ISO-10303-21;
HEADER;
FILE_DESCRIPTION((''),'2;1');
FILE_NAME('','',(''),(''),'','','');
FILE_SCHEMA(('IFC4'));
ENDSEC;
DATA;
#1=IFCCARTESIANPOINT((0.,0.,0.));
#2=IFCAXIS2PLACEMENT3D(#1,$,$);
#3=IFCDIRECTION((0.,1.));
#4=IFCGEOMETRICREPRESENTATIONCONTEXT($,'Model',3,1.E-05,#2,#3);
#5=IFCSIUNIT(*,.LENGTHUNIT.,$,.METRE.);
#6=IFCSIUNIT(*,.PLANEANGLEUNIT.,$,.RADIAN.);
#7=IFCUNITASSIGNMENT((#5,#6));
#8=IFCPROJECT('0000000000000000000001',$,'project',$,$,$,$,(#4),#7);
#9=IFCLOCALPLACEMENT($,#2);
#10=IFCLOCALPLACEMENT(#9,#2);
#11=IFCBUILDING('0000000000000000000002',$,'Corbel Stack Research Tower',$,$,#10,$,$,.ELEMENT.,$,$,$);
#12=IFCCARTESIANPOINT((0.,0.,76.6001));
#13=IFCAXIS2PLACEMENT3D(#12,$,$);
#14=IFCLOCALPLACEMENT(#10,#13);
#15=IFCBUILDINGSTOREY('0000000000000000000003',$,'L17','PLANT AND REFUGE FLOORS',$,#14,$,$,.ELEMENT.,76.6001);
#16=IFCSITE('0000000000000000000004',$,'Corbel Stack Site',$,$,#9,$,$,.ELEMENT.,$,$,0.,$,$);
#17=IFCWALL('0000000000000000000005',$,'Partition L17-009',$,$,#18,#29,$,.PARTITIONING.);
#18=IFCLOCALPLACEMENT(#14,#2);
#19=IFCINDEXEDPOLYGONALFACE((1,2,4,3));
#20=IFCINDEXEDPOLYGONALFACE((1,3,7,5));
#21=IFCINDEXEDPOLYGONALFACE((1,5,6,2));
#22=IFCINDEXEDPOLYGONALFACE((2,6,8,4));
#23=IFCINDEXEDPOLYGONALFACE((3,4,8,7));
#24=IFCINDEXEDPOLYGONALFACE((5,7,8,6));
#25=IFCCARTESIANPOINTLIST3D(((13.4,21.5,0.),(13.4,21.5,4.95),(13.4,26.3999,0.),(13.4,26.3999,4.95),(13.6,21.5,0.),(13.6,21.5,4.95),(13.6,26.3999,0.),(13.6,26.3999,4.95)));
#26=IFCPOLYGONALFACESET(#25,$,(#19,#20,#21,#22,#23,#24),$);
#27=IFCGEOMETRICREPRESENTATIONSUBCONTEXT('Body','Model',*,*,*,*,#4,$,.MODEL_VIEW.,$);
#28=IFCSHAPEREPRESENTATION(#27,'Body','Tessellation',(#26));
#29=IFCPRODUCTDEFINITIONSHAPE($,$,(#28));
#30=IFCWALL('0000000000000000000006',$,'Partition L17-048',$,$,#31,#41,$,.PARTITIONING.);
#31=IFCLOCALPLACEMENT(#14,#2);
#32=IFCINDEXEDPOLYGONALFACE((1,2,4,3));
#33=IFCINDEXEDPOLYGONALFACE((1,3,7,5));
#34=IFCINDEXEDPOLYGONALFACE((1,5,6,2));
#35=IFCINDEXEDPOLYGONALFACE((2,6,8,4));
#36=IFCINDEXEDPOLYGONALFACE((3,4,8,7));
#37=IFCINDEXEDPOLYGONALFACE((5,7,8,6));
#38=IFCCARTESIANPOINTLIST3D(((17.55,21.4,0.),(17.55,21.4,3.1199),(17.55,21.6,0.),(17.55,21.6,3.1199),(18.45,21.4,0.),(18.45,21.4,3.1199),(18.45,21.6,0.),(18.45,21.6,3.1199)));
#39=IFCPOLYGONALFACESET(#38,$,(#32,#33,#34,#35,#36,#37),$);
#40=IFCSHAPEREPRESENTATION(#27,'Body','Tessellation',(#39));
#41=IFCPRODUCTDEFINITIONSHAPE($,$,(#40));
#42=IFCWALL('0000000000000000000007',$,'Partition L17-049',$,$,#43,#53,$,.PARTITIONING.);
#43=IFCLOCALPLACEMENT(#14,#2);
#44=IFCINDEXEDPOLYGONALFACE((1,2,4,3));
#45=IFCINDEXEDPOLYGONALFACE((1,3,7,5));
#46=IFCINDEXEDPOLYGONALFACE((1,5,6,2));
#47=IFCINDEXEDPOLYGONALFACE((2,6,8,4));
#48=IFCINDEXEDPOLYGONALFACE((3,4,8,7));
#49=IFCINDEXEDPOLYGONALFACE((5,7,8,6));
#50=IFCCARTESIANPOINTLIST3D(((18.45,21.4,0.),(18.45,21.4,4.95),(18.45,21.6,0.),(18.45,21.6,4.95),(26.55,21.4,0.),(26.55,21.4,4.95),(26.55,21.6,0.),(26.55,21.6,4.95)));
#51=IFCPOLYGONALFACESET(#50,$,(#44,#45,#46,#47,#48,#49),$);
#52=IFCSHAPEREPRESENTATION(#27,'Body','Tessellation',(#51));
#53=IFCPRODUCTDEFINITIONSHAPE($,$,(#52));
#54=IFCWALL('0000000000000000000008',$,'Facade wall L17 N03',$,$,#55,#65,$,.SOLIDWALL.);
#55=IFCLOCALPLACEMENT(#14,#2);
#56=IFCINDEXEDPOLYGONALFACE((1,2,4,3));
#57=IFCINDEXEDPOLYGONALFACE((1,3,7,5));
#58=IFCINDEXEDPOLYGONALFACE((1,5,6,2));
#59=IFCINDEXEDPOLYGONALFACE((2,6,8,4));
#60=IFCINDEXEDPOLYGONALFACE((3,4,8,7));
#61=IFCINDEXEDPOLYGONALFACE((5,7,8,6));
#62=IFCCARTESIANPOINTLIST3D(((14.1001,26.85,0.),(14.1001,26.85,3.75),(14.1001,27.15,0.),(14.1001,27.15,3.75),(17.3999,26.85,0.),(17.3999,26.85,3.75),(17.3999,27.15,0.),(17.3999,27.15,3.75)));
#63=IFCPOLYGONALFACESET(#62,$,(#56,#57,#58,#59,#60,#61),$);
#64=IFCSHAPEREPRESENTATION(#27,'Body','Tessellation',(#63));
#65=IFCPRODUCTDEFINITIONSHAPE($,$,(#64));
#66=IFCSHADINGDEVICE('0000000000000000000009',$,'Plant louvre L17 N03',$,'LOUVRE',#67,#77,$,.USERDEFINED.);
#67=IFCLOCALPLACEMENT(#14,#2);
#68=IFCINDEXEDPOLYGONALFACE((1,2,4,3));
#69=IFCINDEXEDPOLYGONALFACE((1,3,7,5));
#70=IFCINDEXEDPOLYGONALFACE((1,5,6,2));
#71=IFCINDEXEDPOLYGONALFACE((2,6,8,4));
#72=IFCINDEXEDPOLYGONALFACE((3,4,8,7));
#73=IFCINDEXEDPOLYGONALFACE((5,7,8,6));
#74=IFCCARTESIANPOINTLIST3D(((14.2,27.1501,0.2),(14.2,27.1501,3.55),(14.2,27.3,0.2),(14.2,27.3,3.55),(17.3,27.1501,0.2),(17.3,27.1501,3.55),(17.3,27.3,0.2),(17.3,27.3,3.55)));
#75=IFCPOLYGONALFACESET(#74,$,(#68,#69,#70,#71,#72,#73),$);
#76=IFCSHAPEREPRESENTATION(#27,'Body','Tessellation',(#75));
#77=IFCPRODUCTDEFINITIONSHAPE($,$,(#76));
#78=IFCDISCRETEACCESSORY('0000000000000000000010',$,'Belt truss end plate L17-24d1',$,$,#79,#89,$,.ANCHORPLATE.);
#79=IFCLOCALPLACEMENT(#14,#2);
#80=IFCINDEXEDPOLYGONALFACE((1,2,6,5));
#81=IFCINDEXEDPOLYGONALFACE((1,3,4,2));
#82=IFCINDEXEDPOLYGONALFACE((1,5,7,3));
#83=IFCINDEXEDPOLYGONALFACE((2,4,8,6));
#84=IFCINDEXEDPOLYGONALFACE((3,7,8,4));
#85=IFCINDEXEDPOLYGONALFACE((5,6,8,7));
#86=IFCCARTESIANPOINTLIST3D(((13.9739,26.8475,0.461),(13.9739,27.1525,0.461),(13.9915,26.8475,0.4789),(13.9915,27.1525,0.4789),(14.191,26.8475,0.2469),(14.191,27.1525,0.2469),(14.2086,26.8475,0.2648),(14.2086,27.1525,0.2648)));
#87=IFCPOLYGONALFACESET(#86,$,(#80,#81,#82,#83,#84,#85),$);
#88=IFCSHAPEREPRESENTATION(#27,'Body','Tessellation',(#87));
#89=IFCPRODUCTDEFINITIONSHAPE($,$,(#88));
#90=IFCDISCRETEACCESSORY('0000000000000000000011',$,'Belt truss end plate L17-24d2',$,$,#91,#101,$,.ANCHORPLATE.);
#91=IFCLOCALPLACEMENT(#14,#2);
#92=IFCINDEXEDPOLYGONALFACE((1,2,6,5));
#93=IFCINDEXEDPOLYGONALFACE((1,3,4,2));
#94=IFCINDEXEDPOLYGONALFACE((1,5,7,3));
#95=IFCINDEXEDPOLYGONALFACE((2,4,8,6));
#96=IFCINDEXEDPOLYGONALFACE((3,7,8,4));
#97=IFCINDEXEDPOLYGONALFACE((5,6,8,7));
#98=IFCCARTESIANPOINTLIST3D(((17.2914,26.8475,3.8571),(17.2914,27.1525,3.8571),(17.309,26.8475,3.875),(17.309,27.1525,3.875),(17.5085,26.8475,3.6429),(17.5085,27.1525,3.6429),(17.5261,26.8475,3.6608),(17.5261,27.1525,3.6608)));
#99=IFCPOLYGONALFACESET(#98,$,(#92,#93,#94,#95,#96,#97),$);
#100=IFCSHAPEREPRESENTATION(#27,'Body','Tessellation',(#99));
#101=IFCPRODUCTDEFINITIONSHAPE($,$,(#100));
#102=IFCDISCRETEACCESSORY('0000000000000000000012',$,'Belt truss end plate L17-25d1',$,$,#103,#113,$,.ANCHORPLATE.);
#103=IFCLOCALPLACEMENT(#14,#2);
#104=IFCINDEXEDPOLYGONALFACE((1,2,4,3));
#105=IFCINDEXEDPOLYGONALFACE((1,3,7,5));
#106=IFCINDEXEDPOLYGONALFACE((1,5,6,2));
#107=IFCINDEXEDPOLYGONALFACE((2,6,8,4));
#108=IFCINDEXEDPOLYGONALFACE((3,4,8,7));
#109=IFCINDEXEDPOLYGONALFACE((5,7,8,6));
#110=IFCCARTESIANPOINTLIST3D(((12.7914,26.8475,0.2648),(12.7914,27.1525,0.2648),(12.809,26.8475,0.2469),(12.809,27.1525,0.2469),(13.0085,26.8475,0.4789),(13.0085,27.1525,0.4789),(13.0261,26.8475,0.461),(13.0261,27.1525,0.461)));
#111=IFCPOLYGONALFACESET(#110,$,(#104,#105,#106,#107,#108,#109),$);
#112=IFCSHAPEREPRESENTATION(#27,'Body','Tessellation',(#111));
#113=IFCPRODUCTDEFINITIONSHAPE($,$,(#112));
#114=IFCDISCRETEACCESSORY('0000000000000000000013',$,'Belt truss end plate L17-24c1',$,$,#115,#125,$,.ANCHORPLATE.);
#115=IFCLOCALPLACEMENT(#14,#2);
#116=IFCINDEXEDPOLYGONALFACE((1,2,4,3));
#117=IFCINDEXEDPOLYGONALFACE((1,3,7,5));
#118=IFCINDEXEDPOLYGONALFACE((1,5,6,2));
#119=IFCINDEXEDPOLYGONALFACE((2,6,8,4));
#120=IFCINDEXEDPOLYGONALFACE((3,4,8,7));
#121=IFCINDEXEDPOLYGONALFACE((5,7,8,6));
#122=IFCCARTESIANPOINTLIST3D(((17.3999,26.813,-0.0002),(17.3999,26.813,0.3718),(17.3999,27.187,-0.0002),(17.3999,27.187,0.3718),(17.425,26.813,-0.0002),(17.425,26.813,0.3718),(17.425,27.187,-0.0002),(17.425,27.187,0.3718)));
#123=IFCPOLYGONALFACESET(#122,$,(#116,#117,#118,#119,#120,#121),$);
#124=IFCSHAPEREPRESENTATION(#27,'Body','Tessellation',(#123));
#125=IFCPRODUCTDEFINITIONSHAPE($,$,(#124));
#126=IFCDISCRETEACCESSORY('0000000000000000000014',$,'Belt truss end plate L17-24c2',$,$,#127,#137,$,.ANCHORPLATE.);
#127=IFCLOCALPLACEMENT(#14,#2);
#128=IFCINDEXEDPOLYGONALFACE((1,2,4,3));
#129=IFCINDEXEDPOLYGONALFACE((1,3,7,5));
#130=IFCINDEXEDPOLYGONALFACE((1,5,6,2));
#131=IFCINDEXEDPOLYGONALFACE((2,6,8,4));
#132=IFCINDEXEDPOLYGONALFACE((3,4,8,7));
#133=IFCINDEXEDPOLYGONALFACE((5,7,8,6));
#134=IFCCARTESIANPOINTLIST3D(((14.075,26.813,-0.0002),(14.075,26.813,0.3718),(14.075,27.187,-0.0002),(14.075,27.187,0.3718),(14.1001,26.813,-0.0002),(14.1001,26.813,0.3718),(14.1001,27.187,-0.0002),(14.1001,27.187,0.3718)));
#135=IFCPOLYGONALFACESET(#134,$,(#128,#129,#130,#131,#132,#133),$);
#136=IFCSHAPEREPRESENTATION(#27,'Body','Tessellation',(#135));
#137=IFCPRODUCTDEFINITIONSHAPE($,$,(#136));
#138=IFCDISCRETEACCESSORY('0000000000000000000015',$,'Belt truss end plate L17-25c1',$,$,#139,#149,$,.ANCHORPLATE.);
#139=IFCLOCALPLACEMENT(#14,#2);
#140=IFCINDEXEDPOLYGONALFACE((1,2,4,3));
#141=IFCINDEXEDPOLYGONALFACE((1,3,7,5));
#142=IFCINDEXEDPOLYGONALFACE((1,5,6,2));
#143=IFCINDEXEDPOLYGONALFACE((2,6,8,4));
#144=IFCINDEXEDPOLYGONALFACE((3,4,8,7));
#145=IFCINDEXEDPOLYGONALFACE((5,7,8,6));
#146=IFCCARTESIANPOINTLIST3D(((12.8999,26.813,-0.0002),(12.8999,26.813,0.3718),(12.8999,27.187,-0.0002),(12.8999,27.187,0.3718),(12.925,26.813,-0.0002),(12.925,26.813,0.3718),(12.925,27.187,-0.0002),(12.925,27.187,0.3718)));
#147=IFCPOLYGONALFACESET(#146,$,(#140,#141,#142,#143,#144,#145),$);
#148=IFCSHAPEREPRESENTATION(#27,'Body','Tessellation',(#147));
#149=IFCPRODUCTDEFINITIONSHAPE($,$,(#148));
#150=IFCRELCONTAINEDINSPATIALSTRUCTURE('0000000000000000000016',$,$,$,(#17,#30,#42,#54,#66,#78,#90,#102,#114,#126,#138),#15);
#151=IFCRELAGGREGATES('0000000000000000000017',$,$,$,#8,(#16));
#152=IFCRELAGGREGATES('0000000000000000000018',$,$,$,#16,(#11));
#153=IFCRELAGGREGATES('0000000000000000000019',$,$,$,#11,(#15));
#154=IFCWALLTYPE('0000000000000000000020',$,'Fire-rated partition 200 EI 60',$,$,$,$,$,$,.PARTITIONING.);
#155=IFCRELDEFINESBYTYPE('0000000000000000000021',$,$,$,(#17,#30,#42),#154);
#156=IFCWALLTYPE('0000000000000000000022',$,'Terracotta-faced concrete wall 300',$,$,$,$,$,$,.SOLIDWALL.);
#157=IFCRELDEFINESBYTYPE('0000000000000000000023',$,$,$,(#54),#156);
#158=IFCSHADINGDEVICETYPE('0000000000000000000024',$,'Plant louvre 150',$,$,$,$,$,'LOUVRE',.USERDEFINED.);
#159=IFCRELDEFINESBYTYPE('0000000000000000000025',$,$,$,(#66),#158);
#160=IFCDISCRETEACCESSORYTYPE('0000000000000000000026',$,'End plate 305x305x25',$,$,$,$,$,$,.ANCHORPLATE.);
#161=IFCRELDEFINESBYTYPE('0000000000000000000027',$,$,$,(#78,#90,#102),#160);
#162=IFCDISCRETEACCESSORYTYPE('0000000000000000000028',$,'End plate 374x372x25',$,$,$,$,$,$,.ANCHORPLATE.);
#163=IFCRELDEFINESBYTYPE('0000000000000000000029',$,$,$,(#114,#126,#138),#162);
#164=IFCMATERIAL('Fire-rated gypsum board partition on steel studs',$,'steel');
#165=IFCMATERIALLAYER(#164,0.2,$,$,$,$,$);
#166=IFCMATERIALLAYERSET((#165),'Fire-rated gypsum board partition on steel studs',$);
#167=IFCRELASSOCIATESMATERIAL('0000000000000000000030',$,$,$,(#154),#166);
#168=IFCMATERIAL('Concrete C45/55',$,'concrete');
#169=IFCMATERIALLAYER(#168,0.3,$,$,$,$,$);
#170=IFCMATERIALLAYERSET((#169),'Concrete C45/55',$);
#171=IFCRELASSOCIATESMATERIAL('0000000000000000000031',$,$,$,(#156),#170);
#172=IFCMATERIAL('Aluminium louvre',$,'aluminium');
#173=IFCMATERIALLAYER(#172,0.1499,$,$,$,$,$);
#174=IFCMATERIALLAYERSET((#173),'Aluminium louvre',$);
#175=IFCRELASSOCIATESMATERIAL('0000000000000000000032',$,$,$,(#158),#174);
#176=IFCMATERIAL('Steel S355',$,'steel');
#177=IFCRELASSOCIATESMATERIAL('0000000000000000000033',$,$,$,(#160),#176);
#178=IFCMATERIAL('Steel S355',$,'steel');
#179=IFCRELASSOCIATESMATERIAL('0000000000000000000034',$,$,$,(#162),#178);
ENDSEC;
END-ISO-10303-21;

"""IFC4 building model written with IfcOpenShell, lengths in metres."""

from ifc_helpers import new_model, si_unit, direction, frame, frame_2d, origin, origin_2d, place, context, subcontext, project, spatial, rectangle, extrude, material, layer, layer_set, material_profile, profile_set, type_object, element, save


model = new_model("IFC4")

# Units and contexts
model_context = context("Model", 3, precision=1e-05, world=origin(), true_north=direction((0.0, 1.0)))
body_context = subcontext(model_context, "Body", "Model", "MODEL_VIEW")
ifc_project = project(units=[si_unit("LENGTHUNIT", "METRE"), si_unit("PLANEANGLEUNIT", "RADIAN")], contexts=[model_context])

# Site, building, storey
site_placement = place(None, origin())
site = spatial("IfcSite", under=ifc_project, at=site_placement, Name="Corbel Stack Site", CompositionType="ELEMENT", RefElevation=0.0)
building_placement = place(site_placement, origin())
building = spatial("IfcBuilding", under=site, at=building_placement, Name="Corbel Stack Research Tower", CompositionType="ELEMENT")
storey_placement = place(building_placement, frame((0.0, 0.0, 76.6001)))
storey = spatial("IfcBuildingStorey", under=building, at=storey_placement, Name="L17", Description="PLANT AND REFUGE FLOORS", CompositionType="ELEMENT", Elevation=76.6001)

# Walls
ifc_material_1 = material(Name="Fire-rated gypsum board partition on steel studs", Category="steel")
ifc_layer_1 = layer(ifc_material_1, 0.2)
ifc_layer_set_1 = layer_set([ifc_layer_1], Name="Fire-rated gypsum board partition on steel studs")
wall_type_1 = type_object("IfcWallType", Name="Fire-rated partition 200 EI 60", PredefinedType="PARTITIONING", material=ifc_layer_set_1)
wall_1_placement = place(storey_placement, frame((13.5, 21.5, 0.0), z_axis=(0.0, 0.0, 1.0), x_axis=(0.0, 1.0, 0.0)))
element("IfcWall", 1, at=wall_1_placement, inside=storey, type_object=wall_type_1, Name="Partition L17-009", PredefinedType="PARTITIONING", context=body_context, shape_type="SweptSolid", body=[
    extrude(rectangle(XDim=4.8999, YDim=0.2, at=frame_2d((2.45, 0.0))), origin(), (0.0, 0.0, 1.0), 4.95),
])
wall_2_placement = place(storey_placement, frame((17.55, 21.5, 0.0), z_axis=(0.0, 0.0, 1.0), x_axis=(1.0, 0.0, 0.0)))
element("IfcWall", 2, at=wall_2_placement, inside=storey, type_object=wall_type_1, Name="Partition L17-048", PredefinedType="PARTITIONING", context=body_context, shape_type="SweptSolid", body=[
    extrude(rectangle(XDim=0.8999, YDim=0.2, at=frame_2d((0.45, 0.0))), origin(), (0.0, 0.0, 1.0), 3.1199),
])
wall_3_placement = place(storey_placement, frame((18.45, 21.5, 0.0), z_axis=(0.0, 0.0, 1.0), x_axis=(1.0, 0.0, 0.0)))
element("IfcWall", 3, at=wall_3_placement, inside=storey, type_object=wall_type_1, Name="Partition L17-049", PredefinedType="PARTITIONING", context=body_context, shape_type="SweptSolid", body=[
    extrude(rectangle(XDim=8.1001, YDim=0.2, at=frame_2d((4.05, 0.0))), origin(), (0.0, 0.0, 1.0), 4.95),
])
ifc_material_2 = material(Name="Concrete C45/55", Category="concrete")
ifc_layer_2 = layer(ifc_material_2, 0.3)
ifc_layer_set_2 = layer_set([ifc_layer_2], Name="Concrete C45/55")
wall_type_2 = type_object("IfcWallType", Name="Terracotta-faced concrete wall 300", PredefinedType="SOLIDWALL", material=ifc_layer_set_2)
wall_4_placement = place(storey_placement, frame((14.1001, 27.0, 0.0), z_axis=(0.0, 0.0, 1.0), x_axis=(1.0, 0.0, 0.0)))
element("IfcWall", 4, at=wall_4_placement, inside=storey, type_object=wall_type_2, Name="Facade wall L17 N03", PredefinedType="SOLIDWALL", context=body_context, shape_type="SweptSolid", body=[
    extrude(rectangle(XDim=3.2998, YDim=0.3, at=frame_2d((1.6499, 0.0))), origin(), (0.0, 0.0, 1.0), 3.75),
])

# Shading device
ifc_material_3 = material(Name="Aluminium louvre", Category="aluminium")
ifc_layer_3 = layer(ifc_material_3, 0.1499)
ifc_layer_set_3 = layer_set([ifc_layer_3], Name="Aluminium louvre")
shading_device_type = type_object("IfcShadingDeviceType", Name="Plant louvre 150", ElementType="LOUVRE", PredefinedType="USERDEFINED", material=ifc_layer_set_3)
shading_device_placement = place(storey_placement, frame((15.75, 27.2251, 0.2), z_axis=(0.0, 0.0, 1.0), x_axis=(-1.0, 0.0, 0.0)))
element("IfcShadingDevice", 5, at=shading_device_placement, inside=storey, type_object=shading_device_type, Name="Plant louvre L17 N03", ObjectType="LOUVRE", PredefinedType="USERDEFINED", context=body_context, shape_type="SweptSolid", body=[
    extrude(rectangle(XDim=3.1001, YDim=0.1499, at=origin_2d()), origin(), (0.0, 0.0, 1.0), 3.3501),
])

# Discrete accessories
ifc_material_4 = material(Name="Steel S355", Category="steel")
ifc_material_profile_1 = material_profile(ifc_material_4, rectangle(XDim=0.3049, YDim=0.3049, at=origin_2d()), Name="End plate 305x305x25")
ifc_profile_set_1 = profile_set([ifc_material_profile_1], Name="Steel S355")
discrete_accessory_type_1 = type_object("IfcDiscreteAccessoryType", Name="End plate 305x305x25", PredefinedType="ANCHORPLATE", material=ifc_profile_set_1)
for number, where, z_axis, x_axis, name in (
    (6, (14.1001, 27.0, 0.3718), (-0.702213, 0.0, -0.711966), (0.0, -1.0, 0.0), "Belt truss end plate L17-24d1"),
    (7, (17.3999, 27.0, 3.75), (0.702213, 0.0, 0.711966), (0.0, 1.0, 0.0), "Belt truss end plate L17-24d2"),
    (8, (12.8999, 27.0, 0.3718), (0.702213, 0.0, -0.711966), (0.0, 1.0, 0.0), "Belt truss end plate L17-25d1"),
):
    element("IfcDiscreteAccessory", number, at=place(storey_placement, frame(where, z_axis=z_axis, x_axis=x_axis)), inside=storey, type_object=discrete_accessory_type_1, Name=name, PredefinedType="ANCHORPLATE", context=body_context, shape_type="SweptSolid", body=[
        extrude(rectangle(XDim=0.3049, YDim=0.3049, at=origin_2d()), origin(), (0.0, 0.0, 1.0), 0.0251),
    ])
ifc_material_5 = material(Name="Steel S355", Category="steel")
ifc_material_profile_2 = material_profile(ifc_material_5, rectangle(XDim=0.374, YDim=0.3721, at=origin_2d()), Name="End plate 374x372x25")
ifc_profile_set_2 = profile_set([ifc_material_profile_2], Name="Steel S355")
discrete_accessory_type_2 = type_object("IfcDiscreteAccessoryType", Name="End plate 374x372x25", PredefinedType="ANCHORPLATE", material=ifc_profile_set_2)
for number, where, z_axis, x_axis, name in (
    (9, (17.3999, 27.0, 0.1858), (1.0, 0.0, 0.0), (0.0, 1.0, 0.0), "Belt truss end plate L17-24c1"),
    (10, (14.1001, 27.0, 0.1858), (-1.0, 0.0, 0.0), (0.0, -1.0, 0.0), "Belt truss end plate L17-24c2"),
    (11, (12.8999, 27.0, 0.1858), (1.0, 0.0, 0.0), (0.0, 1.0, 0.0), "Belt truss end plate L17-25c1"),
):
    element("IfcDiscreteAccessory", number, at=place(storey_placement, frame(where, z_axis=z_axis, x_axis=x_axis)), inside=storey, type_object=discrete_accessory_type_2, Name=name, PredefinedType="ANCHORPLATE", context=body_context, shape_type="SweptSolid", body=[
        extrude(rectangle(XDim=0.374, YDim=0.3721, at=origin_2d()), origin(), (0.0, 0.0, 1.0), 0.0251),
    ])

save(model, "model.ifc")
